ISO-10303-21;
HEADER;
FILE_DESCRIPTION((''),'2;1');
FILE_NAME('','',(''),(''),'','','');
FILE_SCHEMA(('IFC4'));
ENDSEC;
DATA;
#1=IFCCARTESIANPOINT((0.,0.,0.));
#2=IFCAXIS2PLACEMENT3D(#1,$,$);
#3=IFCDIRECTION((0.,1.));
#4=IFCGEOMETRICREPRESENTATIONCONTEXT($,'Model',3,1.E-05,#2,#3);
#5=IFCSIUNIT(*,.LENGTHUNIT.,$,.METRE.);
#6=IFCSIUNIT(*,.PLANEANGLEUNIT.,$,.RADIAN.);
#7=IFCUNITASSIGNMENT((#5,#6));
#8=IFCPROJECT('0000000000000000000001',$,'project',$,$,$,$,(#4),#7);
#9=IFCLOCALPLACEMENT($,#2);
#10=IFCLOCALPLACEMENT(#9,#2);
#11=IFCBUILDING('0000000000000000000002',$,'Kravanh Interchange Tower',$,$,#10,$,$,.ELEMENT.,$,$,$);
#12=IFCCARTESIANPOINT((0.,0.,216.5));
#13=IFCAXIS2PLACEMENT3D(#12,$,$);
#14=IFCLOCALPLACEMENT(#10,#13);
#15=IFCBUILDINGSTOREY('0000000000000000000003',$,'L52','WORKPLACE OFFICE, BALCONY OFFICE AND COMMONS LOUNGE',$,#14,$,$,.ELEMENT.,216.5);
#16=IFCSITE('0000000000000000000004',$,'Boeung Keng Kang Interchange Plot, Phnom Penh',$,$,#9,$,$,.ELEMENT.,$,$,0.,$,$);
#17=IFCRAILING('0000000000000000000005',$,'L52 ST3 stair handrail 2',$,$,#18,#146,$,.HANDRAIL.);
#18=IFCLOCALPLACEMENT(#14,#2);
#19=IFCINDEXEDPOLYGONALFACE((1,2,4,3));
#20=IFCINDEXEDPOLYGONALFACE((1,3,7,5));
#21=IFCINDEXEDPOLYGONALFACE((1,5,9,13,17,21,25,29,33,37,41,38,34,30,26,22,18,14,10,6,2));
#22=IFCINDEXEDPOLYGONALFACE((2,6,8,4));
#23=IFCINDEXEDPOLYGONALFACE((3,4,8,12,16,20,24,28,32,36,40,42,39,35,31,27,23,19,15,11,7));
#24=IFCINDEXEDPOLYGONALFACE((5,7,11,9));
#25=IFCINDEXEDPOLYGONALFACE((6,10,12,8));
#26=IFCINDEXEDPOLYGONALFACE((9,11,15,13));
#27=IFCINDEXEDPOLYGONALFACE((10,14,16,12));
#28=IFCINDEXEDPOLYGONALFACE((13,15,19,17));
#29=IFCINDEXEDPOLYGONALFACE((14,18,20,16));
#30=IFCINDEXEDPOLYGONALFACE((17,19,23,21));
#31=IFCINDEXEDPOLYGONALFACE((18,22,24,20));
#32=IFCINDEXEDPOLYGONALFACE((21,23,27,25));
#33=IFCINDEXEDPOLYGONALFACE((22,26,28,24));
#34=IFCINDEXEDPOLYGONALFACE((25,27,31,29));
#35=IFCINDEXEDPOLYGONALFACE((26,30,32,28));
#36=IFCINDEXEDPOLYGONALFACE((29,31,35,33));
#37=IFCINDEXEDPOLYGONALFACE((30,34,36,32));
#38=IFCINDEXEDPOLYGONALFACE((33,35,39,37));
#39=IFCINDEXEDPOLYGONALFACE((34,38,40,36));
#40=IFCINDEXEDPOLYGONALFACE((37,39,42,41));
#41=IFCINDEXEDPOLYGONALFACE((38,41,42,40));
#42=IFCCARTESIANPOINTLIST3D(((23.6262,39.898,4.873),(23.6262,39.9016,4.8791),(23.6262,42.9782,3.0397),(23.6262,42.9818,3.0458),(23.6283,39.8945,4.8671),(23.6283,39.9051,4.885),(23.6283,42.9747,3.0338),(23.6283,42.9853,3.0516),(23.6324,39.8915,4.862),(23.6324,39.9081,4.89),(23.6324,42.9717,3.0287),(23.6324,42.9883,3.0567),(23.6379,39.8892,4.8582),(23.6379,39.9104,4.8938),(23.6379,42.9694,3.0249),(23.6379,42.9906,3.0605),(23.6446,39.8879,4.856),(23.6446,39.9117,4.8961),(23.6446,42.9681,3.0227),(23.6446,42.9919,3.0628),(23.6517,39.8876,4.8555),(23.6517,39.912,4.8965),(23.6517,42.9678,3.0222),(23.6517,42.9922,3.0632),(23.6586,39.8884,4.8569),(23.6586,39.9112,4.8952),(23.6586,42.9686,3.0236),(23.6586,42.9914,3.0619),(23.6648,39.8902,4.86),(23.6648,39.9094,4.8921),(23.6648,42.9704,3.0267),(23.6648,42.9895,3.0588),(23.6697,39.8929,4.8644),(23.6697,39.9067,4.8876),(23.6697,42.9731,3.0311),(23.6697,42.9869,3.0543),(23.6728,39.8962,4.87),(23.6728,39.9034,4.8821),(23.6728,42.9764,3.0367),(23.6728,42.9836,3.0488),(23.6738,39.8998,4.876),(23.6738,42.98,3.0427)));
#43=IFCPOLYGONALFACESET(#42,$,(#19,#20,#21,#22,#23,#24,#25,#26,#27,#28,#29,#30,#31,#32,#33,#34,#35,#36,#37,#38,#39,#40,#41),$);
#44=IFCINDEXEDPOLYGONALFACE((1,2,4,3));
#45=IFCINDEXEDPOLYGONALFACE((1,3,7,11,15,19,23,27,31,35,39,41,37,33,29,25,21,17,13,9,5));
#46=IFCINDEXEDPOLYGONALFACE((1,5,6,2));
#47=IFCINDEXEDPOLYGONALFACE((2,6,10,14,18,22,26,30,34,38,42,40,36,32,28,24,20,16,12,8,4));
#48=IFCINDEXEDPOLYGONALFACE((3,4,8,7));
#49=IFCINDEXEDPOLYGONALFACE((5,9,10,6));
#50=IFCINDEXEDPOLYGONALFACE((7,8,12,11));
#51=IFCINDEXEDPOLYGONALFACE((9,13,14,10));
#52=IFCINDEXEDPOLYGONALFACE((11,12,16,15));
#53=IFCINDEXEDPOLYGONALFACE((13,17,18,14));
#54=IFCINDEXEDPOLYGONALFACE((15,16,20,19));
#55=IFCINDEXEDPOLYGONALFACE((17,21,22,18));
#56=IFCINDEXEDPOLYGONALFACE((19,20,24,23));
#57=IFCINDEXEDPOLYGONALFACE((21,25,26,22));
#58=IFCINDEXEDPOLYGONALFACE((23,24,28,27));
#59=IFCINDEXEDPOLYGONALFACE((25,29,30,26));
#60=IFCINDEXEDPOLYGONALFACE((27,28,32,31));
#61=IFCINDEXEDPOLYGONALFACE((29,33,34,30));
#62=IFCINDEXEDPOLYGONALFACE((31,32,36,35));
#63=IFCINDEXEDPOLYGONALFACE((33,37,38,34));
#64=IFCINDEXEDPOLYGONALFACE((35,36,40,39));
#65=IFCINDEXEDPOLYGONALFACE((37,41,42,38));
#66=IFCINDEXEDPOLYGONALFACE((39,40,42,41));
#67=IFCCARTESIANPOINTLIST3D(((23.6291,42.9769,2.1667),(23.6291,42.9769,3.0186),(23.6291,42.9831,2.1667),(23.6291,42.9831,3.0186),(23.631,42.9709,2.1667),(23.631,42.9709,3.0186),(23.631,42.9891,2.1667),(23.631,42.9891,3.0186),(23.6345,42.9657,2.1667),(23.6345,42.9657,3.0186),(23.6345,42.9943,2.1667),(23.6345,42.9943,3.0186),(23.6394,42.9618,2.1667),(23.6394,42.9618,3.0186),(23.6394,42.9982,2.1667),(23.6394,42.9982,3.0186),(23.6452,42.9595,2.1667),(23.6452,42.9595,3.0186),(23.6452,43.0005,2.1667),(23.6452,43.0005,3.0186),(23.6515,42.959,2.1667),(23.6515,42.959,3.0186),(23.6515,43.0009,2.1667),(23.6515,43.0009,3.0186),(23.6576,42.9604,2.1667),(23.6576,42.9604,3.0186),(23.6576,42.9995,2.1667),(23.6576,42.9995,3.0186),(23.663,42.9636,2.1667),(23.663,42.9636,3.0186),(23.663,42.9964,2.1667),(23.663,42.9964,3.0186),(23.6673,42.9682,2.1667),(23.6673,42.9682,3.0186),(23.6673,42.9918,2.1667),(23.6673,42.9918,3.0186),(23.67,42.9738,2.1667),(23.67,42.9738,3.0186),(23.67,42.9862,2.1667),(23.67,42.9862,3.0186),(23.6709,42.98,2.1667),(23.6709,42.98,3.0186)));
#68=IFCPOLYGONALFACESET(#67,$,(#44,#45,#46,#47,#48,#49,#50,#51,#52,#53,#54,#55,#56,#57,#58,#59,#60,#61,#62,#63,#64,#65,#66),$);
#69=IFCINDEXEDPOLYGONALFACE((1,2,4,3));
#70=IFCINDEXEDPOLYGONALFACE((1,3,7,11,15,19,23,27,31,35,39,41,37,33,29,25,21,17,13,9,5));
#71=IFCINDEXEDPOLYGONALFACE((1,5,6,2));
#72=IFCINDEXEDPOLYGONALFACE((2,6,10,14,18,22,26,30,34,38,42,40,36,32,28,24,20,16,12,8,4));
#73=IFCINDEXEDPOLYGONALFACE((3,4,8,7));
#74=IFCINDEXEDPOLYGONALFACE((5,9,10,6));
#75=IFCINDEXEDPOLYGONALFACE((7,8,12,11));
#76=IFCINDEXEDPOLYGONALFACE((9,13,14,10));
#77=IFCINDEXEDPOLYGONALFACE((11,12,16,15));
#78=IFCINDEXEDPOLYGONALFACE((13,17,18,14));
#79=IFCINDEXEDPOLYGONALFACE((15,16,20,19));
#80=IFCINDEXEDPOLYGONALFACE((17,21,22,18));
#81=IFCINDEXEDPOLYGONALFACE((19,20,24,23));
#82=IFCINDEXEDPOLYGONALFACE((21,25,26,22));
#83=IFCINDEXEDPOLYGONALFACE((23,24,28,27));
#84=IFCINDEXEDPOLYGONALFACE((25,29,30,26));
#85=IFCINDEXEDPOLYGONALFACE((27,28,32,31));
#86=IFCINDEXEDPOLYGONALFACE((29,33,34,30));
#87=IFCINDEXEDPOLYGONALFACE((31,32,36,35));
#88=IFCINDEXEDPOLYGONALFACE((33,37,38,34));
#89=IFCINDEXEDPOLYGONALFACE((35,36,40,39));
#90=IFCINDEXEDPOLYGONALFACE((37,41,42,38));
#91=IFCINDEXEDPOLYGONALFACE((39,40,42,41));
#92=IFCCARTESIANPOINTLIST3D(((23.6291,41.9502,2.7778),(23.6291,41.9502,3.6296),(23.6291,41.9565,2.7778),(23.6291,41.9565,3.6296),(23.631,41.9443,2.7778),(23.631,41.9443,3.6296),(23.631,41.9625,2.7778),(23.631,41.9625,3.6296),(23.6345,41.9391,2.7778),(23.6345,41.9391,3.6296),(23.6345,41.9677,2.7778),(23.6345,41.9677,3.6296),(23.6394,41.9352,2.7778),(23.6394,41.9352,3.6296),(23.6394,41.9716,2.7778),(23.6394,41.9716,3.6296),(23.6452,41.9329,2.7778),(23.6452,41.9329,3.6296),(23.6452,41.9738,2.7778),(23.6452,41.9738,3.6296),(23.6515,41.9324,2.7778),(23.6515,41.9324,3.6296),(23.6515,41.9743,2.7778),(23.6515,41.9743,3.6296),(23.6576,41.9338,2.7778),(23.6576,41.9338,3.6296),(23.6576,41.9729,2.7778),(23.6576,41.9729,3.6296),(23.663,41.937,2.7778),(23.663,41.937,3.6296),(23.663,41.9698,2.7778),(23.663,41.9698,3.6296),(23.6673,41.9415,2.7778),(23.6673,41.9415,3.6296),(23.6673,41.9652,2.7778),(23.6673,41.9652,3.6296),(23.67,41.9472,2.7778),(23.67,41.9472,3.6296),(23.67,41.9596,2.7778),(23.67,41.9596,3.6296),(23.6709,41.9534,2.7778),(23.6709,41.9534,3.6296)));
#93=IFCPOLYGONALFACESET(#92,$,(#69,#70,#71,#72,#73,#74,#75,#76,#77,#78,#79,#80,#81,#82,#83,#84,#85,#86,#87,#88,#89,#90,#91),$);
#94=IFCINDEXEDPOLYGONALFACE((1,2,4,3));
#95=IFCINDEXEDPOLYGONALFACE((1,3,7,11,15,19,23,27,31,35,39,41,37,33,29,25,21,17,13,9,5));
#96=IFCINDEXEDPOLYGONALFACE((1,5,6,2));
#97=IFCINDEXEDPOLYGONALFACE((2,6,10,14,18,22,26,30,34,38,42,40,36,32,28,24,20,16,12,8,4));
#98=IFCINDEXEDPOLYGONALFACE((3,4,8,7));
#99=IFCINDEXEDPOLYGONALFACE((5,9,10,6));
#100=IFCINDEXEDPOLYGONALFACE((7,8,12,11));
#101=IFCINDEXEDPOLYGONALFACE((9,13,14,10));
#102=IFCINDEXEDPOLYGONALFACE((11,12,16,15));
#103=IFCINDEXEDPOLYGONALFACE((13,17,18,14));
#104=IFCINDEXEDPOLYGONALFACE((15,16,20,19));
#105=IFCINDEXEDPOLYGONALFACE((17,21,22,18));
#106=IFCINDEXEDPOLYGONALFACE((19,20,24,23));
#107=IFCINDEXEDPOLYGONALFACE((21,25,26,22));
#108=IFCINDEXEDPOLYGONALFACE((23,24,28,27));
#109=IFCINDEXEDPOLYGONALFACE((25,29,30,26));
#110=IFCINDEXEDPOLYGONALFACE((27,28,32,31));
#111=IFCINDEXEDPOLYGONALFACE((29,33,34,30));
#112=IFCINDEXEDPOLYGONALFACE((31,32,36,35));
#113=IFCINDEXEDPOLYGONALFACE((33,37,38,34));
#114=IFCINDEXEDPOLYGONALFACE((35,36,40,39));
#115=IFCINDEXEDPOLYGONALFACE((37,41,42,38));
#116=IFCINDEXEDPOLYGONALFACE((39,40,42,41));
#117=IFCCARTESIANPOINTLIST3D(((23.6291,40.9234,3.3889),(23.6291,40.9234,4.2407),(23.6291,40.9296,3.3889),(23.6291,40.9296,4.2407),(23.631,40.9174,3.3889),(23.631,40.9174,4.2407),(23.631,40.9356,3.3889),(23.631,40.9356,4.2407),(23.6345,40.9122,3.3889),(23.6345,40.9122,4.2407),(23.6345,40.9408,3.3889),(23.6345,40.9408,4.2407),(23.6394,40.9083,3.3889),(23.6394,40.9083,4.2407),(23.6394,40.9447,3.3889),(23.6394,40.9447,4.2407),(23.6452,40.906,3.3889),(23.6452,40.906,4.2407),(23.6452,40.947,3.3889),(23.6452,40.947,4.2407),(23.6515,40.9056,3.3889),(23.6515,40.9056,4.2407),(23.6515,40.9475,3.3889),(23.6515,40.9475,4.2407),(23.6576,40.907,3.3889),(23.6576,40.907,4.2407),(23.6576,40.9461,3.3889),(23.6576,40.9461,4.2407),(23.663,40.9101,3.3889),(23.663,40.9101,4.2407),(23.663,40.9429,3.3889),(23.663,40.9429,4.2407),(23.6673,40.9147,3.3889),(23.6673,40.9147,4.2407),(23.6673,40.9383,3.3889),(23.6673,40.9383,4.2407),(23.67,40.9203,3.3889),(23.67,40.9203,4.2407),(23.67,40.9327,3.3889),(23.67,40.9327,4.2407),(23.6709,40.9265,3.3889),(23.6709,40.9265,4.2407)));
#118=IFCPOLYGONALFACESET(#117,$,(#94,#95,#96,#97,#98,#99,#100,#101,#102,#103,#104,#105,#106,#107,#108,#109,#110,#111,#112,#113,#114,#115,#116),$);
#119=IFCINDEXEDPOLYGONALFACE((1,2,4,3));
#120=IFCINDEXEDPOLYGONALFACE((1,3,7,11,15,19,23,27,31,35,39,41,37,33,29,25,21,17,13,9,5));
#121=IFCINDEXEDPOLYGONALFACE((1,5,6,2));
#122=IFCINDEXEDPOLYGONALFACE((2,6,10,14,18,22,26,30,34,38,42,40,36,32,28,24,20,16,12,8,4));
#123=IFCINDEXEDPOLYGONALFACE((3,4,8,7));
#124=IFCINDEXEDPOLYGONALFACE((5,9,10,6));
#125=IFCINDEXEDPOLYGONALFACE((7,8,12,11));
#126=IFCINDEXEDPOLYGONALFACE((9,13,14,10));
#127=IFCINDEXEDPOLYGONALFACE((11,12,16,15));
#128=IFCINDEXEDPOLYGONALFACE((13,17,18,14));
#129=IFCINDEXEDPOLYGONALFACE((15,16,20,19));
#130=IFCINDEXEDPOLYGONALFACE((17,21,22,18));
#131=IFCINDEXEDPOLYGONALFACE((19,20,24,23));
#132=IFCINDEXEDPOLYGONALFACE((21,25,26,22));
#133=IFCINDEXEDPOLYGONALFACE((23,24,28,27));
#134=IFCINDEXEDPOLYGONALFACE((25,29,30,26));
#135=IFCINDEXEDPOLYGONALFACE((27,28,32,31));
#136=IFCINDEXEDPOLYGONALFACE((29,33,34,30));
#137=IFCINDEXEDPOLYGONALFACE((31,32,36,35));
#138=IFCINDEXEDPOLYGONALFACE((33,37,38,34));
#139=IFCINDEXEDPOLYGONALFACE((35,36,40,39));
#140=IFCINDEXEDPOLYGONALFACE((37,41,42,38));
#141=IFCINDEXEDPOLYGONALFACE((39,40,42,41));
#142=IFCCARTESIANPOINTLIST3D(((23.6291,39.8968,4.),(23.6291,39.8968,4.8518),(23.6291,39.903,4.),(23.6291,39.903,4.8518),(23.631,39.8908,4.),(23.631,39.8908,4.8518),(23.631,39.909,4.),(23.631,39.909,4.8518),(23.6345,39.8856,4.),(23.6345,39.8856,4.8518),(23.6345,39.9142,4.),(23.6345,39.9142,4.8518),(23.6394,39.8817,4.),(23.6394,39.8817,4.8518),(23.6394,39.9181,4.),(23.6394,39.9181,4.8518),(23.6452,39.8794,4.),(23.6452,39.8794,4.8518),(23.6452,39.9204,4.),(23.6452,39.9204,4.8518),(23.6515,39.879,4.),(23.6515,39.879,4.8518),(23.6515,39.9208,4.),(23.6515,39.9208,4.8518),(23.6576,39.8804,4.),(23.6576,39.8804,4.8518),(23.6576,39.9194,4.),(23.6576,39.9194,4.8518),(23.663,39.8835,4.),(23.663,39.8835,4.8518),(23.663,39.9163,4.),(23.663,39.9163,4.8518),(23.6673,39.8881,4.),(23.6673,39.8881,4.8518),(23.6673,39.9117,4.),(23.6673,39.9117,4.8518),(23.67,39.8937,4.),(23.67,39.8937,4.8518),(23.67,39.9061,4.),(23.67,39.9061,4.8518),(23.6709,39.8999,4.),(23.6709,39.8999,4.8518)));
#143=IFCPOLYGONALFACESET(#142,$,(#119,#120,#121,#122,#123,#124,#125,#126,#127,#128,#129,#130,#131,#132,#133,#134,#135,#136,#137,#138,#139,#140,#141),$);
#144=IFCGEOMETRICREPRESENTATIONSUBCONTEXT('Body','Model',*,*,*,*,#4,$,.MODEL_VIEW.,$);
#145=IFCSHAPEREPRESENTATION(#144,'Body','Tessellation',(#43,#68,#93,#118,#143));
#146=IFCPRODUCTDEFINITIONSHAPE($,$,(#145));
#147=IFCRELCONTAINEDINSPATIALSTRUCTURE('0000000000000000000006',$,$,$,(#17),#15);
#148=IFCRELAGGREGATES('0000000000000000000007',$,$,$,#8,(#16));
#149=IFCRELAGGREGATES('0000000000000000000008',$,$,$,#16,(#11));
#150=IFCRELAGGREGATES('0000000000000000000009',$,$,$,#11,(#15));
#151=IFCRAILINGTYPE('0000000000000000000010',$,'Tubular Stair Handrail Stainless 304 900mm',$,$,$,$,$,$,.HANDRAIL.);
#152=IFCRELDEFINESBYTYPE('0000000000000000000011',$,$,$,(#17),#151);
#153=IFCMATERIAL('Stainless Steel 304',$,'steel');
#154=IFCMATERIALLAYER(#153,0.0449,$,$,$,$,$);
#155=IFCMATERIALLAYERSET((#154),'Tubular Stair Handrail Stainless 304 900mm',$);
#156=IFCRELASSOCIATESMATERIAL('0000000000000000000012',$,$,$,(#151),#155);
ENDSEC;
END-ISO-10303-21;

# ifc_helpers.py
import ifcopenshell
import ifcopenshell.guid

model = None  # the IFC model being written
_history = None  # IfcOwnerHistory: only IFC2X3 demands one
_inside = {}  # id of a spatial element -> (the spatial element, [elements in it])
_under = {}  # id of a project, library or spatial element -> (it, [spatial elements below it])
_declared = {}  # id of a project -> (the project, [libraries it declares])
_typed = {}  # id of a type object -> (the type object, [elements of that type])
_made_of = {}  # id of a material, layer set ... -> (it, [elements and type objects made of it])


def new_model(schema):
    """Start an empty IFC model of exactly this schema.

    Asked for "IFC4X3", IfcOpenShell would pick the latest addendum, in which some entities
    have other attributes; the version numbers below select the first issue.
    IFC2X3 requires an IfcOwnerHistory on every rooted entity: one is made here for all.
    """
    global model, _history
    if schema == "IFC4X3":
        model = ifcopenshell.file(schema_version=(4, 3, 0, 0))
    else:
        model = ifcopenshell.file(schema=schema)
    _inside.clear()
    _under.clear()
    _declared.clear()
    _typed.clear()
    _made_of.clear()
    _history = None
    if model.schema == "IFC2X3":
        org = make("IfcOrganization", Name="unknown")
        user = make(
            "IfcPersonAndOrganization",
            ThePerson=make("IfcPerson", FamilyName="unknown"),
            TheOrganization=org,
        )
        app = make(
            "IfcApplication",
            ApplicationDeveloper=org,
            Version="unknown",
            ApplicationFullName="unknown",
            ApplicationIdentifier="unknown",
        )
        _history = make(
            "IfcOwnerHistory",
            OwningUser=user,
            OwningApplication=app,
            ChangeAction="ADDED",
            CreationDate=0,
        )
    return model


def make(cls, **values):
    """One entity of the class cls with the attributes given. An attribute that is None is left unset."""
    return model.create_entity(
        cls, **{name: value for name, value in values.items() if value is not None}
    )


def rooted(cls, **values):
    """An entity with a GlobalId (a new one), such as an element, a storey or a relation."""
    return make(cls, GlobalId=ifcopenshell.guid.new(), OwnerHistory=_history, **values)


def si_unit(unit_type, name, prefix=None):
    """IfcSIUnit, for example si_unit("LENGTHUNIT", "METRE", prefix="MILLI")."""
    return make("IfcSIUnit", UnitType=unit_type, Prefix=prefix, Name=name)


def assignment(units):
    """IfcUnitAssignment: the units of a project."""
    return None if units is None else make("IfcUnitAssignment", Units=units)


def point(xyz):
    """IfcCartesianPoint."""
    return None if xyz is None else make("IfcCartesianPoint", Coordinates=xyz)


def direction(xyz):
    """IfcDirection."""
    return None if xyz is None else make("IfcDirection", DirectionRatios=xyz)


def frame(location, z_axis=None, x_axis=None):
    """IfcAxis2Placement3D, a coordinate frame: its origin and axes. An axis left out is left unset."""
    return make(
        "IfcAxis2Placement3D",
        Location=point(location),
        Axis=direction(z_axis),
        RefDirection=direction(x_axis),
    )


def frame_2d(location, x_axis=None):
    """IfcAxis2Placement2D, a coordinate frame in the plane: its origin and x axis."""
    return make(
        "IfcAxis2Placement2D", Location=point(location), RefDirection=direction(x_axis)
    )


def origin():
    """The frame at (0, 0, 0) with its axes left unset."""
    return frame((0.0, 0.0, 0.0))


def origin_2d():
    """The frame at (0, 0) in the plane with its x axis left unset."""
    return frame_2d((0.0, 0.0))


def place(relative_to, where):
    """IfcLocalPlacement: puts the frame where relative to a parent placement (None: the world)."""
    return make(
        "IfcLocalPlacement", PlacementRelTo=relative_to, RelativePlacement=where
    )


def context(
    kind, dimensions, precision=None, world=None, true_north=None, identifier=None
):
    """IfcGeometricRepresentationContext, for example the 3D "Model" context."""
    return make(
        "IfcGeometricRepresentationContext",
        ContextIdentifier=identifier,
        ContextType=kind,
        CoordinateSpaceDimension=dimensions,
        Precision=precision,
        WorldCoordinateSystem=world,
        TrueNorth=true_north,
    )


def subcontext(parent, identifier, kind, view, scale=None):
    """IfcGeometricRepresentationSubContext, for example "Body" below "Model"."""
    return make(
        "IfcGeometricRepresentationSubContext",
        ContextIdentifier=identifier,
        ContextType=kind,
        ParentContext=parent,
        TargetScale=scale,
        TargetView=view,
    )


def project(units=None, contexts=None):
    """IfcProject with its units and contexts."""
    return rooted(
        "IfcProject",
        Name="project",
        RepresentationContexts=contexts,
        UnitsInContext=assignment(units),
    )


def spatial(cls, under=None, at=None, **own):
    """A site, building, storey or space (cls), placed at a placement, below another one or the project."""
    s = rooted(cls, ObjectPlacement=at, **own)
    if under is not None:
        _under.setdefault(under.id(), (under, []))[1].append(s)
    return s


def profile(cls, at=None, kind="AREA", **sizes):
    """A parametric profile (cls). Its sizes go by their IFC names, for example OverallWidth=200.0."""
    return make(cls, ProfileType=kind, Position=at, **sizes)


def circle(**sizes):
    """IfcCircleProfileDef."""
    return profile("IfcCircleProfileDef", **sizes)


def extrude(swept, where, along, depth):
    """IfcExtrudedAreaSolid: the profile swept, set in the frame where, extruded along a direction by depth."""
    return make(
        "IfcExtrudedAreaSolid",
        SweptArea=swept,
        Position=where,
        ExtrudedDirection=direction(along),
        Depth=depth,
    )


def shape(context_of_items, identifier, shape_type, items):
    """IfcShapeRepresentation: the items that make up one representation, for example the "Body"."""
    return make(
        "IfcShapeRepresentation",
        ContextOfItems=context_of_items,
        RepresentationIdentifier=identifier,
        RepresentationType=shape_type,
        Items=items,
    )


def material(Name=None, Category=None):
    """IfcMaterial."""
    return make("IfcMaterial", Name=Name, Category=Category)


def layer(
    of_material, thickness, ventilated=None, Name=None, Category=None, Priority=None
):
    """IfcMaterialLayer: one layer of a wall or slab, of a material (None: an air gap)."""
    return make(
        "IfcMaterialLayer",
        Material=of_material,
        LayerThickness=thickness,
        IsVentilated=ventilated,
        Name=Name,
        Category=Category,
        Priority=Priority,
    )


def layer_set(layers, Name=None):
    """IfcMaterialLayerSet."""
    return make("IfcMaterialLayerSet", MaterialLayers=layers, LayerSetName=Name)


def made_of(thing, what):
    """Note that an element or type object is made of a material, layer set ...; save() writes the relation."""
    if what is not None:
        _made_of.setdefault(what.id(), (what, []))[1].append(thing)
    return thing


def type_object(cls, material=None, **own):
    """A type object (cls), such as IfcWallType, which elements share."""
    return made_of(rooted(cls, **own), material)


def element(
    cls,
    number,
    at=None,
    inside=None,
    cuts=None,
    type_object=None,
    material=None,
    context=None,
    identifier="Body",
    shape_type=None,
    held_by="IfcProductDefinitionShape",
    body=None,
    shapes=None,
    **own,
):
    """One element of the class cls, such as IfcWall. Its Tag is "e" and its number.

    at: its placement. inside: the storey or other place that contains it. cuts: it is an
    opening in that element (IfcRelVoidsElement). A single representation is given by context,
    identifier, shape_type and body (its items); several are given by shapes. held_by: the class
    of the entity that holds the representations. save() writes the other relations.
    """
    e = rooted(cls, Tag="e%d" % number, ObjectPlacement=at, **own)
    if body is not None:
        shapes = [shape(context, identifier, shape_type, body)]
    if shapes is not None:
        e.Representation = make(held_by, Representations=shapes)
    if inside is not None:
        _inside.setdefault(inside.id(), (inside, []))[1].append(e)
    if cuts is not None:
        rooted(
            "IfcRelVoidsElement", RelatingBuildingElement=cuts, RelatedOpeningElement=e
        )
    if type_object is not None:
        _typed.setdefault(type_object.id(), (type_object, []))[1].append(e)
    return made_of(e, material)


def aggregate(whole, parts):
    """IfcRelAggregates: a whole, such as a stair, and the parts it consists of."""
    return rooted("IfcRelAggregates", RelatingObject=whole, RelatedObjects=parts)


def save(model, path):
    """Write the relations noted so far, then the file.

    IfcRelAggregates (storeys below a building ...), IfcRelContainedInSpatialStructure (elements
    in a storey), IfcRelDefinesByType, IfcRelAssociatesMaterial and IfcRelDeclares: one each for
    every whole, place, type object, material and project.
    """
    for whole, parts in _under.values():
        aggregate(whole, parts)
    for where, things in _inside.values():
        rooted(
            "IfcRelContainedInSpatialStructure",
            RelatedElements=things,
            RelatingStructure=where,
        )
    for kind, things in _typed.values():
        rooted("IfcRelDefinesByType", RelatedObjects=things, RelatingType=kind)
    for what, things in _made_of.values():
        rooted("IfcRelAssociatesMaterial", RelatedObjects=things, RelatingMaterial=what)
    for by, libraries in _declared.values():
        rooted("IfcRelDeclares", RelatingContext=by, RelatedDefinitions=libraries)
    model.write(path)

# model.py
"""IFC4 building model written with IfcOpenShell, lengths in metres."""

from ifc_helpers import new_model, si_unit, direction, frame, origin, origin_2d, place, context, subcontext, project, spatial, circle, extrude, material, layer, layer_set, type_object, element, save


model = new_model("IFC4")

# Units and contexts
model_context = context("Model", 3, precision=1e-05, world=origin(), true_north=direction((0.0, 1.0)))
body_context = subcontext(model_context, "Body", "Model", "MODEL_VIEW")
ifc_project = project(units=[si_unit("LENGTHUNIT", "METRE"), si_unit("PLANEANGLEUNIT", "RADIAN")], contexts=[model_context])

# Site, building, storey
site_placement = place(None, origin())
site = spatial("IfcSite", under=ifc_project, at=site_placement, Name="Boeung Keng Kang Interchange Plot, Phnom Penh", CompositionType="ELEMENT", RefElevation=0.0)
building_placement = place(site_placement, origin())
building = spatial("IfcBuilding", under=site, at=building_placement, Name="Kravanh Interchange Tower", CompositionType="ELEMENT")
storey_placement = place(building_placement, frame((0.0, 0.0, 216.5)))
storey = spatial("IfcBuildingStorey", under=building, at=storey_placement, Name="L52", Description="WORKPLACE OFFICE, BALCONY OFFICE AND COMMONS LOUNGE", CompositionType="ELEMENT", Elevation=216.5)

# Railing
ifc_material_1 = material(Name="Stainless Steel 304", Category="steel")
ifc_layer_1 = layer(ifc_material_1, 0.0449)
ifc_layer_set_1 = layer_set([ifc_layer_1], Name="Tubular Stair Handrail Stainless 304 900mm")
railing_type_1 = type_object("IfcRailingType", Name="Tubular Stair Handrail Stainless 304 900mm", PredefinedType="HANDRAIL", material=ifc_layer_set_1)
railing_1_placement = place(storey_placement, frame((23.6499, 42.98, 2.1667)))
element("IfcRailing", 1, at=railing_1_placement, inside=storey, type_object=railing_type_1, Name="L52 ST3 stair handrail 2", PredefinedType="HANDRAIL", context=body_context, shape_type="SweptSolid", body=[
    extrude(circle(Radius=0.0239, at=origin_2d()), frame((0.0, 0.0, 0.876), z_axis=(0.0, -0.859309, 0.511458), x_axis=(1.0, 0.0, 0.0)), (0.0, 0.0, 1.0), 3.5845),
    extrude(circle(Radius=0.021, at=origin_2d()), origin(), (0.0, 0.0, 1.0), 0.8518),
    extrude(circle(Radius=0.021, at=origin_2d()), frame((0.0, -1.0266, 0.6111)), (0.0, 0.0, 1.0), 0.8518),
    extrude(circle(Radius=0.021, at=origin_2d()), frame((0.0, -2.0535, 1.2222)), (0.0, 0.0, 1.0), 0.8518),
    extrude(circle(Radius=0.021, at=origin_2d()), frame((0.0, -3.0801, 1.8333)), (0.0, 0.0, 1.0), 0.8518),
])

save(model, "model.ifc")
